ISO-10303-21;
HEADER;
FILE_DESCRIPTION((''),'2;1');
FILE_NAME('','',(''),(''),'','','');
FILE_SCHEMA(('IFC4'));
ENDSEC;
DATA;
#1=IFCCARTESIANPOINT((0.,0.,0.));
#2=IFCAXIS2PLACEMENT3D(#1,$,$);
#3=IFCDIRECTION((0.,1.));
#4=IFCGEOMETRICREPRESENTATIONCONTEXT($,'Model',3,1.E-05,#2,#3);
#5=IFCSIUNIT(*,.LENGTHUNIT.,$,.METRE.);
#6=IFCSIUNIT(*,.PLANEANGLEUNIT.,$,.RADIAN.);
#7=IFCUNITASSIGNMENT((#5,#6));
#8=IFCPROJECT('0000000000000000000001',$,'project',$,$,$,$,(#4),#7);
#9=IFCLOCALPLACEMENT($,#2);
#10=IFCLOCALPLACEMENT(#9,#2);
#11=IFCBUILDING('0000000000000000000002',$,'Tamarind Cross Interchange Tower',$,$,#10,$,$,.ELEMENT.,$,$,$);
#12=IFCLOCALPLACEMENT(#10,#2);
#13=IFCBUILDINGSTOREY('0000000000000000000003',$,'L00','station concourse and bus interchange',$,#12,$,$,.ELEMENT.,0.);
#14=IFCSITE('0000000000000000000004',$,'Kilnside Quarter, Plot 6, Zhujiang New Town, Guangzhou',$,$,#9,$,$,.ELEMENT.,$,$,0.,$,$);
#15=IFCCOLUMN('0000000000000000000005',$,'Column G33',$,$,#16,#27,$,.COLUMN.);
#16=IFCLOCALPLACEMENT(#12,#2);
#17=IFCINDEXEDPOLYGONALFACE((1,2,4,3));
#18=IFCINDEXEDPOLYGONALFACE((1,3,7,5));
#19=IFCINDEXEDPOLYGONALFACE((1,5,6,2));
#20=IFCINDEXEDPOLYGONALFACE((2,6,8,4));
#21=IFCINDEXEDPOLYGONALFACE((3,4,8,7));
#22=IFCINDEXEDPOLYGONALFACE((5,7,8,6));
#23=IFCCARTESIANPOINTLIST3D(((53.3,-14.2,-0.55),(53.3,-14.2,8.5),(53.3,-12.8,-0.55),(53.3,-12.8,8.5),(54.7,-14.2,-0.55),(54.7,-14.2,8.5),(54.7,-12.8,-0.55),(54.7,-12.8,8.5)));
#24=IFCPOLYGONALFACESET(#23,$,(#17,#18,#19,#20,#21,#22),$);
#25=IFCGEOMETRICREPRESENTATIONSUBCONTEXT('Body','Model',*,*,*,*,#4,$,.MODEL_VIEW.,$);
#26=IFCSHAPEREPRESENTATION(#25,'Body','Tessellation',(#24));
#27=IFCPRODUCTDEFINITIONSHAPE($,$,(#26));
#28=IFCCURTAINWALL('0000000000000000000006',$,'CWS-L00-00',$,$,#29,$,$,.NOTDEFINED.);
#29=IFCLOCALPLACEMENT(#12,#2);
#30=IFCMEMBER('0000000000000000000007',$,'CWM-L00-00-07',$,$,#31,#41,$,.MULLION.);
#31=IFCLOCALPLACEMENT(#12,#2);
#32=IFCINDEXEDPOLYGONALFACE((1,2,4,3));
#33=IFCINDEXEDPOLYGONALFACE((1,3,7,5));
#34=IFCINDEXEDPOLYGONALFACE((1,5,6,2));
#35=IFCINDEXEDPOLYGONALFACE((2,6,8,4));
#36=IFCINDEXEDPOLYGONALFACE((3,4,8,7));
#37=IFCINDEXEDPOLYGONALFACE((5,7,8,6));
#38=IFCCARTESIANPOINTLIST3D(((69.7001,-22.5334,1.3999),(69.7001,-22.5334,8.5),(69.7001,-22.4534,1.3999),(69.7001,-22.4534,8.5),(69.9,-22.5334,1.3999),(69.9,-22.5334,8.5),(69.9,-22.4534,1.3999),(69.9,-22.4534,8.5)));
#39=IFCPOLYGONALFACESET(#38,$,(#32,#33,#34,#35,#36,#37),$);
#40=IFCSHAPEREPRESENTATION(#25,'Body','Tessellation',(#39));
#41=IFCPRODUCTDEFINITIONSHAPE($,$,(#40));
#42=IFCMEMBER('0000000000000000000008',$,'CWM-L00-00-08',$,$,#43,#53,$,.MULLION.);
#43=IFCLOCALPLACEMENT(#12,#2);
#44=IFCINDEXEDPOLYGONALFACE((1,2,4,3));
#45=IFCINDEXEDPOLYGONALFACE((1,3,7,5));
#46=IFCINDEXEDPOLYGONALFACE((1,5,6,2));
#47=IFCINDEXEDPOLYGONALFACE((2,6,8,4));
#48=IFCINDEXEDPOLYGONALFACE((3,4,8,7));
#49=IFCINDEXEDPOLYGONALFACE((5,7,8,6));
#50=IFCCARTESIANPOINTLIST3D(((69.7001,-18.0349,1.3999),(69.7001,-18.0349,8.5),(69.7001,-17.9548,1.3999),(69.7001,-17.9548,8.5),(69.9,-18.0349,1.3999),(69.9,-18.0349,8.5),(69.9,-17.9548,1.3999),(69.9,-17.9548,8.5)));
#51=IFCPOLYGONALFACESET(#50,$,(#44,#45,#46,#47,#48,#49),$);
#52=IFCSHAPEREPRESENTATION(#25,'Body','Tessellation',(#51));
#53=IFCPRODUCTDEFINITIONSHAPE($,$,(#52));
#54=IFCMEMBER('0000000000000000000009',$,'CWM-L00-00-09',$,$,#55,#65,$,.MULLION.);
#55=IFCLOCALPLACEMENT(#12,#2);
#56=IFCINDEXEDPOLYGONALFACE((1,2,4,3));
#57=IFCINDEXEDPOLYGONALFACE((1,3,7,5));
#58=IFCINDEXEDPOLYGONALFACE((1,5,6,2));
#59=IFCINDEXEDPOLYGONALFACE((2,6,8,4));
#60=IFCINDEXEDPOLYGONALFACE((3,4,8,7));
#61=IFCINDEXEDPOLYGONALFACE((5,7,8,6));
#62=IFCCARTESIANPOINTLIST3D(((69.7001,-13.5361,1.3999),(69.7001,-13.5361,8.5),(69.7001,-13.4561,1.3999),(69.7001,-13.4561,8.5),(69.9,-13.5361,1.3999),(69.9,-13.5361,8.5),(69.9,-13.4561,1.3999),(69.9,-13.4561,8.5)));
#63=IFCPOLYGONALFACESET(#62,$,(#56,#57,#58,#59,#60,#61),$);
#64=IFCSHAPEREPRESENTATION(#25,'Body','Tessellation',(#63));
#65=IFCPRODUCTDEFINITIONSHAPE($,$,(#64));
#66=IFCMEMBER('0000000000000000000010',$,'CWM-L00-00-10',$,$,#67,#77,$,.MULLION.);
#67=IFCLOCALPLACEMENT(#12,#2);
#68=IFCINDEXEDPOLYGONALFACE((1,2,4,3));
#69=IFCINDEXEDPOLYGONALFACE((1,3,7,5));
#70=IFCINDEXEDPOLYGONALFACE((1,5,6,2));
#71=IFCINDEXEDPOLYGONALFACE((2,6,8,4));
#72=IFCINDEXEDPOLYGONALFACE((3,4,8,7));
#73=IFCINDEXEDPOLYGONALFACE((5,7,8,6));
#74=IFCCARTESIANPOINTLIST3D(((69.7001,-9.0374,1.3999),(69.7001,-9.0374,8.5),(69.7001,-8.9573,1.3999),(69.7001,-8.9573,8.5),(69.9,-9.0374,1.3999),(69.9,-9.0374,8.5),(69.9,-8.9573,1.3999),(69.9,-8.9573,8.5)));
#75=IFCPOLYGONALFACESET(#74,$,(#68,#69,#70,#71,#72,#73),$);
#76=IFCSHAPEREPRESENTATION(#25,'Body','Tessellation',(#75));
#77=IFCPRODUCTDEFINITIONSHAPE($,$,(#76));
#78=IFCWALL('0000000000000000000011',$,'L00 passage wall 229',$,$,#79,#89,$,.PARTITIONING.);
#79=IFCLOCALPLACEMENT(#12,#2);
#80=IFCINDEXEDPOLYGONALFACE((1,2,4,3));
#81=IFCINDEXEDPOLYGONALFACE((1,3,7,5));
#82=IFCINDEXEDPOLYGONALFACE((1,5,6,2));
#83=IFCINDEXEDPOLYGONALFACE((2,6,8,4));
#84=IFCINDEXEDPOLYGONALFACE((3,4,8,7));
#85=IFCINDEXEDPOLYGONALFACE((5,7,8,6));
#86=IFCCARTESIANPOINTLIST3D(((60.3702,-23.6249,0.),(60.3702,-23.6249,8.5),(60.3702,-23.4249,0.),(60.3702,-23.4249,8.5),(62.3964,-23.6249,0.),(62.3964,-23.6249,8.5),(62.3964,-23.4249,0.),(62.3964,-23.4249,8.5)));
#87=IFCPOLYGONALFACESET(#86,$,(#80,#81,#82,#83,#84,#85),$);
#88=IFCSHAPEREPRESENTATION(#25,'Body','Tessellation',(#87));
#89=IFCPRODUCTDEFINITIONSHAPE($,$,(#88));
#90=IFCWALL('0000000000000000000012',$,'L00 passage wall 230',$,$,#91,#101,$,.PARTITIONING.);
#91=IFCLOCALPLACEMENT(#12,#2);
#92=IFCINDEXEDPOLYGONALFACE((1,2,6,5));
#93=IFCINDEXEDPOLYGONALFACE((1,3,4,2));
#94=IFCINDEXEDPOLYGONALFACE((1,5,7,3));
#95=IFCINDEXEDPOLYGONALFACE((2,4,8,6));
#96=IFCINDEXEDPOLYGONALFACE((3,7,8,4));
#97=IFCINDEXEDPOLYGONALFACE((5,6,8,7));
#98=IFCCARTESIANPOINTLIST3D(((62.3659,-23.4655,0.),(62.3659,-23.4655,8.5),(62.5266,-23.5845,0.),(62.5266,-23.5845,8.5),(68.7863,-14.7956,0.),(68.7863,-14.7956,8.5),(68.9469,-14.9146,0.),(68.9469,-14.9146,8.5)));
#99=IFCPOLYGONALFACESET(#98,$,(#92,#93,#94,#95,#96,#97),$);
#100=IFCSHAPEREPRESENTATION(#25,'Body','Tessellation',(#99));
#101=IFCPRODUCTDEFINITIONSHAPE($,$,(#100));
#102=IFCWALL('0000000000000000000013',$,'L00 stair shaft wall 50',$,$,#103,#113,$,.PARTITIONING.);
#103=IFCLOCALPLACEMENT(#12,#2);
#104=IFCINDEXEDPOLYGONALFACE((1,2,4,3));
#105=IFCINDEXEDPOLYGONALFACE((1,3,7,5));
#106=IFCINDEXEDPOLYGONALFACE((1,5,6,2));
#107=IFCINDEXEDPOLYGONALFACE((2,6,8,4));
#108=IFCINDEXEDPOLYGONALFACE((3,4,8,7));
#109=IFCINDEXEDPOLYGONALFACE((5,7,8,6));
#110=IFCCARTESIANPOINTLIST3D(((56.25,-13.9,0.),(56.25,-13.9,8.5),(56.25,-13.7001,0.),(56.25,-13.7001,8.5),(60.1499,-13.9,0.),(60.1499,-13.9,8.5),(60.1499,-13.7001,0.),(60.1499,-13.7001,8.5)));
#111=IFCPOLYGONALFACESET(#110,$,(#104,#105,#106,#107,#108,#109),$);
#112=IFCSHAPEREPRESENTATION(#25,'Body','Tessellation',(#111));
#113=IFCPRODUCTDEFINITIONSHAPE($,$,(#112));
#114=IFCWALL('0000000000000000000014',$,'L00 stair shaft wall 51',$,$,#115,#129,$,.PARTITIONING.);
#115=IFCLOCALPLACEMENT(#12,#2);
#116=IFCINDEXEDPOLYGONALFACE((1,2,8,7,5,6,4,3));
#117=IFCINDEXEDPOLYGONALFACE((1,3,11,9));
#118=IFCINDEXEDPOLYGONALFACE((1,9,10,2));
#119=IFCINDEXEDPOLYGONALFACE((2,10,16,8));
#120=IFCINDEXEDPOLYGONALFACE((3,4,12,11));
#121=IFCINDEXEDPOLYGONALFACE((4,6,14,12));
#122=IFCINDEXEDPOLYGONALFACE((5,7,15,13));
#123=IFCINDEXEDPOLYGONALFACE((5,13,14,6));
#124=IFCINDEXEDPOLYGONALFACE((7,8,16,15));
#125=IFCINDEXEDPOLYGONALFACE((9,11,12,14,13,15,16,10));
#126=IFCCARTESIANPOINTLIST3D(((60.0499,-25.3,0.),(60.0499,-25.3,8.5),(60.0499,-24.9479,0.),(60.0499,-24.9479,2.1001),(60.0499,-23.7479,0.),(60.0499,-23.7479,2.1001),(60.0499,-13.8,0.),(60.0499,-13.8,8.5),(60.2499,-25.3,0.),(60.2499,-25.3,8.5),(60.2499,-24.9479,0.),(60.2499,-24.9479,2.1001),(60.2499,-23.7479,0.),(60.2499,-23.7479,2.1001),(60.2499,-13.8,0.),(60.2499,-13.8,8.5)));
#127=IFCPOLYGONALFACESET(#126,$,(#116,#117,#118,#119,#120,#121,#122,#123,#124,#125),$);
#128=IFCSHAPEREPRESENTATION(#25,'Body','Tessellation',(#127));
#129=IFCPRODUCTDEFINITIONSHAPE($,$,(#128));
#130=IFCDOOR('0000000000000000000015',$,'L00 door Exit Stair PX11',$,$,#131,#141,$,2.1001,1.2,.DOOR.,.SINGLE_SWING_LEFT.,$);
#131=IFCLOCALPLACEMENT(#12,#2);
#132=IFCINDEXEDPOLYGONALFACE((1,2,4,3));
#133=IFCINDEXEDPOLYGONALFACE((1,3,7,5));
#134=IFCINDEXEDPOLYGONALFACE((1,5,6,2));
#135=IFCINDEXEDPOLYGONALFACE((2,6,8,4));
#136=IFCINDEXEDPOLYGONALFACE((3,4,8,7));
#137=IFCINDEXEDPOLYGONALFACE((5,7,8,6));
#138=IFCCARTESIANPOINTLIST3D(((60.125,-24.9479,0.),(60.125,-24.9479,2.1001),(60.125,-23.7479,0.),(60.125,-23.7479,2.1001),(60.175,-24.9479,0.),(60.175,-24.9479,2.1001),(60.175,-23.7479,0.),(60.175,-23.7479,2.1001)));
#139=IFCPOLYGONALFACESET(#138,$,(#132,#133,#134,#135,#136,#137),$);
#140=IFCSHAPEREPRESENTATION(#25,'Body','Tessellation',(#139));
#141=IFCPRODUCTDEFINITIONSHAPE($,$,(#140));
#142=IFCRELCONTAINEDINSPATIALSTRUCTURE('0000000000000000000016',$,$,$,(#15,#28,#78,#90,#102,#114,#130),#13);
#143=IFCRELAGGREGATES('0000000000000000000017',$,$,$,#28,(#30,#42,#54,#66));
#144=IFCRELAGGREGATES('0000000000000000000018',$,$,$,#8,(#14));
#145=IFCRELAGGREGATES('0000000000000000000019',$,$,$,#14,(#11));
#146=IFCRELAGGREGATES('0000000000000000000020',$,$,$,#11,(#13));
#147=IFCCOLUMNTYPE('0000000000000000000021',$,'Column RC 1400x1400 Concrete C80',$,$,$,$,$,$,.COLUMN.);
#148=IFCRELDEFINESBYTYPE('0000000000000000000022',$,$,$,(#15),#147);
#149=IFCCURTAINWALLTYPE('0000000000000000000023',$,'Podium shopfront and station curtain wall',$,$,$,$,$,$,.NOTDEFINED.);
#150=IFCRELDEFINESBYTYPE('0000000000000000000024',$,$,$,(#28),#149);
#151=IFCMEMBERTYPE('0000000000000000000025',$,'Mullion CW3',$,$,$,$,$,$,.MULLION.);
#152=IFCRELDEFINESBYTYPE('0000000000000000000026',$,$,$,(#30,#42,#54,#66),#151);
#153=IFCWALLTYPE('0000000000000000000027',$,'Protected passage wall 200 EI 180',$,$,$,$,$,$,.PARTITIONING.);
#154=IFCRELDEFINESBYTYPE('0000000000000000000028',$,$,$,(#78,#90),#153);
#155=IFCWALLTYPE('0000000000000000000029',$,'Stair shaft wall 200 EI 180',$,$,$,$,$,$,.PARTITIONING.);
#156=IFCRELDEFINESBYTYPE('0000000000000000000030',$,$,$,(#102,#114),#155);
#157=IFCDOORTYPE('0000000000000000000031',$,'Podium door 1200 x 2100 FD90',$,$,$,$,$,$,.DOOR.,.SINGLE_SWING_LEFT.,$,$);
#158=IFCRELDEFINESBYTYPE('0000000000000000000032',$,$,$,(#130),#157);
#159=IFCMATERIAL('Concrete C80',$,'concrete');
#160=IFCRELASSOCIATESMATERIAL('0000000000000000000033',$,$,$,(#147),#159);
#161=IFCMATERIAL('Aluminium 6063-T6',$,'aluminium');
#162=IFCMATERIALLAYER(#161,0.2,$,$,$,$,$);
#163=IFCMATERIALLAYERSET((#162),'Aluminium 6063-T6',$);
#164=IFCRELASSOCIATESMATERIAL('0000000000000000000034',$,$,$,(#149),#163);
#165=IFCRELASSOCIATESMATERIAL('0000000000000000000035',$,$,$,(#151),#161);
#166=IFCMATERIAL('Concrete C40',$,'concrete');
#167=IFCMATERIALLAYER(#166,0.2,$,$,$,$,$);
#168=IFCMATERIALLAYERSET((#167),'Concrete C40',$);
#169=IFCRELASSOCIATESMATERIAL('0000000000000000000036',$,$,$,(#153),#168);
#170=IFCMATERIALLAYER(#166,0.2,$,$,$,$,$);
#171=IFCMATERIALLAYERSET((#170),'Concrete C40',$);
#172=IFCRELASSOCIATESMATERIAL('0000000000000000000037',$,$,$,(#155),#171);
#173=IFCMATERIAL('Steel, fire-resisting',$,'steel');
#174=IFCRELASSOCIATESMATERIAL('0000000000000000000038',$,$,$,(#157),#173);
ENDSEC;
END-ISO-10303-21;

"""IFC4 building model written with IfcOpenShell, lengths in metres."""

from ifc_helpers import new_model, si_unit, direction, frame, frame_2d, origin, origin_2d, place, context, subcontext, project, spatial, rectangle, extrude, material, layer, layer_set, material_profile, profile_set, type_object, element, fill, aggregate, save


model = new_model("IFC4")

# Units and contexts
model_context = context("Model", 3, precision=1e-05, world=origin(), true_north=direction((0.0, 1.0)))
body_context = subcontext(model_context, "Body", "Model", "MODEL_VIEW")
ifc_project = project(units=[si_unit("LENGTHUNIT", "METRE"), si_unit("PLANEANGLEUNIT", "RADIAN")], contexts=[model_context])

# Site, building, storey
site_placement = place(None, origin())
site = spatial("IfcSite", under=ifc_project, at=site_placement, Name="Kilnside Quarter, Plot 6, Zhujiang New Town, Guangzhou", CompositionType="ELEMENT", RefElevation=0.0)
building_placement = place(site_placement, origin())
building = spatial("IfcBuilding", under=site, at=building_placement, Name="Tamarind Cross Interchange Tower", CompositionType="ELEMENT")
storey_placement = place(building_placement, origin())
storey = spatial("IfcBuildingStorey", under=building, at=storey_placement, Name="L00", Description="station concourse and bus interchange", CompositionType="ELEMENT", Elevation=0.0)

# Column
ifc_material_1 = material(Name="Concrete C80", Category="concrete")
ifc_material_profile_1 = material_profile(ifc_material_1, rectangle(XDim=1.3999, YDim=1.3999, at=origin_2d()), Name="RC 1400x1400")
ifc_profile_set_1 = profile_set([ifc_material_profile_1], Name="Concrete C80")
column_type = type_object("IfcColumnType", Name="Column RC 1400x1400 Concrete C80", PredefinedType="COLUMN", material=ifc_profile_set_1)
column_placement = place(storey_placement, frame((54.0, -13.5, -0.55), z_axis=(0.0, 0.0, 1.0), x_axis=(1.0, 0.0, 0.0)))
element("IfcColumn", 1, at=column_placement, inside=storey, type_object=column_type, Name="Column G33", PredefinedType="COLUMN", context=body_context, shape_type="SweptSolid", body=[
    extrude(rectangle(XDim=1.3999, YDim=1.3999, at=origin_2d()), origin(), (0.0, 0.0, 1.0), 9.05),
])

# Curtain wall, members
ifc_material_2 = material(Name="Aluminium 6063-T6", Category="aluminium")
ifc_layer_1 = layer(ifc_material_2, 0.2)
ifc_layer_set_1 = layer_set([ifc_layer_1], Name="Aluminium 6063-T6")
curtain_wall_type = type_object("IfcCurtainWallType", Name="Podium shopfront and station curtain wall", PredefinedType="NOTDEFINED", material=ifc_layer_set_1)
curtain_wall_placement = place(storey_placement, origin())
curtain_wall = element("IfcCurtainWall", 2, at=curtain_wall_placement, inside=storey, type_object=curtain_wall_type, Name="CWS-L00-00", PredefinedType="NOTDEFINED")
ifc_material_profile_2 = material_profile(ifc_material_2, rectangle(XDim=0.0801, YDim=0.2, at=origin_2d()), Name="Mullion CW3")
ifc_profile_set_2 = profile_set([ifc_material_profile_2], Name="Aluminium 6063-T6")
member_type = type_object("IfcMemberType", Name="Mullion CW3", PredefinedType="MULLION", material=ifc_profile_set_2)
member_1_placement = place(storey_placement, frame((69.8, -22.4934, 1.3999), z_axis=(0.0, 0.0, 1.0), x_axis=(0.0, 1.0, 0.0)))
member_1 = element("IfcMember", 3, at=member_1_placement, type_object=member_type, Name="CWM-L00-00-07", PredefinedType="MULLION", context=body_context, shape_type="SweptSolid", body=[
    extrude(rectangle(XDim=0.0801, YDim=0.2, at=origin_2d()), origin(), (0.0, 0.0, 1.0), 7.1001),
])
member_2_placement = place(storey_placement, frame((69.8, -17.9949, 1.3999), z_axis=(0.0, 0.0, 1.0), x_axis=(0.0, 1.0, 0.0)))
member_2 = element("IfcMember", 4, at=member_2_placement, type_object=member_type, Name="CWM-L00-00-08", PredefinedType="MULLION", context=body_context, shape_type="SweptSolid", body=[
    extrude(rectangle(XDim=0.0801, YDim=0.2, at=origin_2d()), origin(), (0.0, 0.0, 1.0), 7.1001),
])
member_3_placement = place(storey_placement, frame((69.8, -13.4961, 1.3999), z_axis=(0.0, 0.0, 1.0), x_axis=(0.0, 1.0, 0.0)))
member_3 = element("IfcMember", 5, at=member_3_placement, type_object=member_type, Name="CWM-L00-00-09", PredefinedType="MULLION", context=body_context, shape_type="SweptSolid", body=[
    extrude(rectangle(XDim=0.0801, YDim=0.2, at=origin_2d()), origin(), (0.0, 0.0, 1.0), 7.1001),
])
member_4_placement = place(storey_placement, frame((69.8, -8.9973, 1.3999), z_axis=(0.0, 0.0, 1.0), x_axis=(0.0, 1.0, 0.0)))
member_4 = element("IfcMember", 6, at=member_4_placement, type_object=member_type, Name="CWM-L00-00-10", PredefinedType="MULLION", context=body_context, shape_type="SweptSolid", body=[
    extrude(rectangle(XDim=0.0801, YDim=0.2, at=origin_2d()), origin(), (0.0, 0.0, 1.0), 7.1001),
])
aggregate(curtain_wall, [member_1, member_2, member_3, member_4])

# Walls
ifc_material_3 = material(Name="Concrete C40", Category="concrete")
ifc_layer_2 = layer(ifc_material_3, 0.2)
ifc_layer_set_2 = layer_set([ifc_layer_2], Name="Concrete C40")
wall_type_1 = type_object("IfcWallType", Name="Protected passage wall 200 EI 180", PredefinedType="PARTITIONING", material=ifc_layer_set_2)
wall_1_placement = place(storey_placement, frame((60.3701, -23.5249, 0.0), z_axis=(0.0, 0.0, 1.0), x_axis=(1.0, 0.0, 0.0)))
element("IfcWall", 7, at=wall_1_placement, inside=storey, type_object=wall_type_1, Name="L00 passage wall 229", PredefinedType="PARTITIONING", context=body_context, shape_type="SweptSolid", body=[
    extrude(rectangle(XDim=2.0261, YDim=0.2, at=frame_2d((1.0132, 0.0))), origin(), (0.0, 0.0, 1.0), 8.5),
])
wall_2_placement = place(storey_placement, frame((62.4463, -23.5249, 0.0), z_axis=(0.0, 0.0, 1.0), x_axis=(0.595123, 0.803635, 0.0)))
element("IfcWall", 8, at=wall_2_placement, inside=storey, type_object=wall_type_1, Name="L00 passage wall 230", PredefinedType="PARTITIONING", context=body_context, shape_type="SweptSolid", body=[
    extrude(rectangle(XDim=10.7883, YDim=0.2, at=frame_2d((5.394, 0.0))), origin(), (0.0, 0.0, 1.0), 8.5),
])
ifc_layer_3 = layer(ifc_material_3, 0.2)
ifc_layer_set_3 = layer_set([ifc_layer_3], Name="Concrete C40")
wall_type_2 = type_object("IfcWallType", Name="Stair shaft wall 200 EI 180", PredefinedType="PARTITIONING", material=ifc_layer_set_3)
wall_3_placement = place(storey_placement, frame((56.25, -13.8, 0.0), z_axis=(0.0, 0.0, 1.0), x_axis=(1.0, 0.0, 0.0)))
element("IfcWall", 9, at=wall_3_placement, inside=storey, type_object=wall_type_2, Name="L00 stair shaft wall 50", PredefinedType="PARTITIONING", context=body_context, shape_type="SweptSolid", body=[
    extrude(rectangle(XDim=3.8999, YDim=0.2, at=frame_2d((1.95, 0.0))), origin(), (0.0, 0.0, 1.0), 8.5),
])

# Wall, opening, door
wall_4_placement = place(storey_placement, frame((60.1499, -25.3, 0.0), z_axis=(0.0, 0.0, 1.0), x_axis=(0.0, 1.0, 0.0)))
wall_4 = element("IfcWall", 10, at=wall_4_placement, inside=storey, type_object=wall_type_2, Name="L00 stair shaft wall 51", PredefinedType="PARTITIONING", context=body_context, shape_type="SweptSolid", body=[
    extrude(rectangle(XDim=11.5, YDim=0.2, at=frame_2d((5.75, 0.0))), origin(), (0.0, 0.0, 1.0), 8.5),
])
opening_1_placement = place(wall_4_placement, frame((0.3521, 0.0, 0.0)))
opening_1 = element("IfcOpeningElement", 11, at=opening_1_placement, cuts=wall_4, PredefinedType="OPENING", context=body_context, shape_type="SweptSolid", body=[
    extrude(rectangle(XDim=1.2, YDim=2.1001, at=frame_2d((0.6001, 1.05))), frame((0.0, 0.1099, 0.0), z_axis=(0.0, -1.0, 0.0), x_axis=(1.0, 0.0, 0.0)), (0.0, 0.0, 1.0), 0.22),
])
ifc_material_4 = material(Name="Steel, fire-resisting", Category="steel")
door_type_1 = type_object("IfcDoorType", Name="Podium door 1200 x 2100 FD90", OperationType="SINGLE_SWING_LEFT", PredefinedType="DOOR", material=ifc_material_4)
door_1_placement = place(opening_1_placement, origin())
door_1 = element("IfcDoor", 12, at=door_1_placement, inside=storey, type_object=door_type_1, Name="L00 door Exit Stair PX11", OperationType="SINGLE_SWING_LEFT", OverallHeight=2.1001, OverallWidth=1.2, PredefinedType="DOOR", context=body_context, shape_type="SweptSolid", body=[
    extrude(rectangle(XDim=1.2, YDim=2.1001, at=frame_2d((0.6001, 1.05))), frame((0.0, 0.0249, 0.0), z_axis=(0.0, -1.0, 0.0), x_axis=(1.0, 0.0, 0.0)), (0.0, 0.0, 1.0), 0.05),
])
fill(opening_1, door_1)

save(model, "model.ifc")
